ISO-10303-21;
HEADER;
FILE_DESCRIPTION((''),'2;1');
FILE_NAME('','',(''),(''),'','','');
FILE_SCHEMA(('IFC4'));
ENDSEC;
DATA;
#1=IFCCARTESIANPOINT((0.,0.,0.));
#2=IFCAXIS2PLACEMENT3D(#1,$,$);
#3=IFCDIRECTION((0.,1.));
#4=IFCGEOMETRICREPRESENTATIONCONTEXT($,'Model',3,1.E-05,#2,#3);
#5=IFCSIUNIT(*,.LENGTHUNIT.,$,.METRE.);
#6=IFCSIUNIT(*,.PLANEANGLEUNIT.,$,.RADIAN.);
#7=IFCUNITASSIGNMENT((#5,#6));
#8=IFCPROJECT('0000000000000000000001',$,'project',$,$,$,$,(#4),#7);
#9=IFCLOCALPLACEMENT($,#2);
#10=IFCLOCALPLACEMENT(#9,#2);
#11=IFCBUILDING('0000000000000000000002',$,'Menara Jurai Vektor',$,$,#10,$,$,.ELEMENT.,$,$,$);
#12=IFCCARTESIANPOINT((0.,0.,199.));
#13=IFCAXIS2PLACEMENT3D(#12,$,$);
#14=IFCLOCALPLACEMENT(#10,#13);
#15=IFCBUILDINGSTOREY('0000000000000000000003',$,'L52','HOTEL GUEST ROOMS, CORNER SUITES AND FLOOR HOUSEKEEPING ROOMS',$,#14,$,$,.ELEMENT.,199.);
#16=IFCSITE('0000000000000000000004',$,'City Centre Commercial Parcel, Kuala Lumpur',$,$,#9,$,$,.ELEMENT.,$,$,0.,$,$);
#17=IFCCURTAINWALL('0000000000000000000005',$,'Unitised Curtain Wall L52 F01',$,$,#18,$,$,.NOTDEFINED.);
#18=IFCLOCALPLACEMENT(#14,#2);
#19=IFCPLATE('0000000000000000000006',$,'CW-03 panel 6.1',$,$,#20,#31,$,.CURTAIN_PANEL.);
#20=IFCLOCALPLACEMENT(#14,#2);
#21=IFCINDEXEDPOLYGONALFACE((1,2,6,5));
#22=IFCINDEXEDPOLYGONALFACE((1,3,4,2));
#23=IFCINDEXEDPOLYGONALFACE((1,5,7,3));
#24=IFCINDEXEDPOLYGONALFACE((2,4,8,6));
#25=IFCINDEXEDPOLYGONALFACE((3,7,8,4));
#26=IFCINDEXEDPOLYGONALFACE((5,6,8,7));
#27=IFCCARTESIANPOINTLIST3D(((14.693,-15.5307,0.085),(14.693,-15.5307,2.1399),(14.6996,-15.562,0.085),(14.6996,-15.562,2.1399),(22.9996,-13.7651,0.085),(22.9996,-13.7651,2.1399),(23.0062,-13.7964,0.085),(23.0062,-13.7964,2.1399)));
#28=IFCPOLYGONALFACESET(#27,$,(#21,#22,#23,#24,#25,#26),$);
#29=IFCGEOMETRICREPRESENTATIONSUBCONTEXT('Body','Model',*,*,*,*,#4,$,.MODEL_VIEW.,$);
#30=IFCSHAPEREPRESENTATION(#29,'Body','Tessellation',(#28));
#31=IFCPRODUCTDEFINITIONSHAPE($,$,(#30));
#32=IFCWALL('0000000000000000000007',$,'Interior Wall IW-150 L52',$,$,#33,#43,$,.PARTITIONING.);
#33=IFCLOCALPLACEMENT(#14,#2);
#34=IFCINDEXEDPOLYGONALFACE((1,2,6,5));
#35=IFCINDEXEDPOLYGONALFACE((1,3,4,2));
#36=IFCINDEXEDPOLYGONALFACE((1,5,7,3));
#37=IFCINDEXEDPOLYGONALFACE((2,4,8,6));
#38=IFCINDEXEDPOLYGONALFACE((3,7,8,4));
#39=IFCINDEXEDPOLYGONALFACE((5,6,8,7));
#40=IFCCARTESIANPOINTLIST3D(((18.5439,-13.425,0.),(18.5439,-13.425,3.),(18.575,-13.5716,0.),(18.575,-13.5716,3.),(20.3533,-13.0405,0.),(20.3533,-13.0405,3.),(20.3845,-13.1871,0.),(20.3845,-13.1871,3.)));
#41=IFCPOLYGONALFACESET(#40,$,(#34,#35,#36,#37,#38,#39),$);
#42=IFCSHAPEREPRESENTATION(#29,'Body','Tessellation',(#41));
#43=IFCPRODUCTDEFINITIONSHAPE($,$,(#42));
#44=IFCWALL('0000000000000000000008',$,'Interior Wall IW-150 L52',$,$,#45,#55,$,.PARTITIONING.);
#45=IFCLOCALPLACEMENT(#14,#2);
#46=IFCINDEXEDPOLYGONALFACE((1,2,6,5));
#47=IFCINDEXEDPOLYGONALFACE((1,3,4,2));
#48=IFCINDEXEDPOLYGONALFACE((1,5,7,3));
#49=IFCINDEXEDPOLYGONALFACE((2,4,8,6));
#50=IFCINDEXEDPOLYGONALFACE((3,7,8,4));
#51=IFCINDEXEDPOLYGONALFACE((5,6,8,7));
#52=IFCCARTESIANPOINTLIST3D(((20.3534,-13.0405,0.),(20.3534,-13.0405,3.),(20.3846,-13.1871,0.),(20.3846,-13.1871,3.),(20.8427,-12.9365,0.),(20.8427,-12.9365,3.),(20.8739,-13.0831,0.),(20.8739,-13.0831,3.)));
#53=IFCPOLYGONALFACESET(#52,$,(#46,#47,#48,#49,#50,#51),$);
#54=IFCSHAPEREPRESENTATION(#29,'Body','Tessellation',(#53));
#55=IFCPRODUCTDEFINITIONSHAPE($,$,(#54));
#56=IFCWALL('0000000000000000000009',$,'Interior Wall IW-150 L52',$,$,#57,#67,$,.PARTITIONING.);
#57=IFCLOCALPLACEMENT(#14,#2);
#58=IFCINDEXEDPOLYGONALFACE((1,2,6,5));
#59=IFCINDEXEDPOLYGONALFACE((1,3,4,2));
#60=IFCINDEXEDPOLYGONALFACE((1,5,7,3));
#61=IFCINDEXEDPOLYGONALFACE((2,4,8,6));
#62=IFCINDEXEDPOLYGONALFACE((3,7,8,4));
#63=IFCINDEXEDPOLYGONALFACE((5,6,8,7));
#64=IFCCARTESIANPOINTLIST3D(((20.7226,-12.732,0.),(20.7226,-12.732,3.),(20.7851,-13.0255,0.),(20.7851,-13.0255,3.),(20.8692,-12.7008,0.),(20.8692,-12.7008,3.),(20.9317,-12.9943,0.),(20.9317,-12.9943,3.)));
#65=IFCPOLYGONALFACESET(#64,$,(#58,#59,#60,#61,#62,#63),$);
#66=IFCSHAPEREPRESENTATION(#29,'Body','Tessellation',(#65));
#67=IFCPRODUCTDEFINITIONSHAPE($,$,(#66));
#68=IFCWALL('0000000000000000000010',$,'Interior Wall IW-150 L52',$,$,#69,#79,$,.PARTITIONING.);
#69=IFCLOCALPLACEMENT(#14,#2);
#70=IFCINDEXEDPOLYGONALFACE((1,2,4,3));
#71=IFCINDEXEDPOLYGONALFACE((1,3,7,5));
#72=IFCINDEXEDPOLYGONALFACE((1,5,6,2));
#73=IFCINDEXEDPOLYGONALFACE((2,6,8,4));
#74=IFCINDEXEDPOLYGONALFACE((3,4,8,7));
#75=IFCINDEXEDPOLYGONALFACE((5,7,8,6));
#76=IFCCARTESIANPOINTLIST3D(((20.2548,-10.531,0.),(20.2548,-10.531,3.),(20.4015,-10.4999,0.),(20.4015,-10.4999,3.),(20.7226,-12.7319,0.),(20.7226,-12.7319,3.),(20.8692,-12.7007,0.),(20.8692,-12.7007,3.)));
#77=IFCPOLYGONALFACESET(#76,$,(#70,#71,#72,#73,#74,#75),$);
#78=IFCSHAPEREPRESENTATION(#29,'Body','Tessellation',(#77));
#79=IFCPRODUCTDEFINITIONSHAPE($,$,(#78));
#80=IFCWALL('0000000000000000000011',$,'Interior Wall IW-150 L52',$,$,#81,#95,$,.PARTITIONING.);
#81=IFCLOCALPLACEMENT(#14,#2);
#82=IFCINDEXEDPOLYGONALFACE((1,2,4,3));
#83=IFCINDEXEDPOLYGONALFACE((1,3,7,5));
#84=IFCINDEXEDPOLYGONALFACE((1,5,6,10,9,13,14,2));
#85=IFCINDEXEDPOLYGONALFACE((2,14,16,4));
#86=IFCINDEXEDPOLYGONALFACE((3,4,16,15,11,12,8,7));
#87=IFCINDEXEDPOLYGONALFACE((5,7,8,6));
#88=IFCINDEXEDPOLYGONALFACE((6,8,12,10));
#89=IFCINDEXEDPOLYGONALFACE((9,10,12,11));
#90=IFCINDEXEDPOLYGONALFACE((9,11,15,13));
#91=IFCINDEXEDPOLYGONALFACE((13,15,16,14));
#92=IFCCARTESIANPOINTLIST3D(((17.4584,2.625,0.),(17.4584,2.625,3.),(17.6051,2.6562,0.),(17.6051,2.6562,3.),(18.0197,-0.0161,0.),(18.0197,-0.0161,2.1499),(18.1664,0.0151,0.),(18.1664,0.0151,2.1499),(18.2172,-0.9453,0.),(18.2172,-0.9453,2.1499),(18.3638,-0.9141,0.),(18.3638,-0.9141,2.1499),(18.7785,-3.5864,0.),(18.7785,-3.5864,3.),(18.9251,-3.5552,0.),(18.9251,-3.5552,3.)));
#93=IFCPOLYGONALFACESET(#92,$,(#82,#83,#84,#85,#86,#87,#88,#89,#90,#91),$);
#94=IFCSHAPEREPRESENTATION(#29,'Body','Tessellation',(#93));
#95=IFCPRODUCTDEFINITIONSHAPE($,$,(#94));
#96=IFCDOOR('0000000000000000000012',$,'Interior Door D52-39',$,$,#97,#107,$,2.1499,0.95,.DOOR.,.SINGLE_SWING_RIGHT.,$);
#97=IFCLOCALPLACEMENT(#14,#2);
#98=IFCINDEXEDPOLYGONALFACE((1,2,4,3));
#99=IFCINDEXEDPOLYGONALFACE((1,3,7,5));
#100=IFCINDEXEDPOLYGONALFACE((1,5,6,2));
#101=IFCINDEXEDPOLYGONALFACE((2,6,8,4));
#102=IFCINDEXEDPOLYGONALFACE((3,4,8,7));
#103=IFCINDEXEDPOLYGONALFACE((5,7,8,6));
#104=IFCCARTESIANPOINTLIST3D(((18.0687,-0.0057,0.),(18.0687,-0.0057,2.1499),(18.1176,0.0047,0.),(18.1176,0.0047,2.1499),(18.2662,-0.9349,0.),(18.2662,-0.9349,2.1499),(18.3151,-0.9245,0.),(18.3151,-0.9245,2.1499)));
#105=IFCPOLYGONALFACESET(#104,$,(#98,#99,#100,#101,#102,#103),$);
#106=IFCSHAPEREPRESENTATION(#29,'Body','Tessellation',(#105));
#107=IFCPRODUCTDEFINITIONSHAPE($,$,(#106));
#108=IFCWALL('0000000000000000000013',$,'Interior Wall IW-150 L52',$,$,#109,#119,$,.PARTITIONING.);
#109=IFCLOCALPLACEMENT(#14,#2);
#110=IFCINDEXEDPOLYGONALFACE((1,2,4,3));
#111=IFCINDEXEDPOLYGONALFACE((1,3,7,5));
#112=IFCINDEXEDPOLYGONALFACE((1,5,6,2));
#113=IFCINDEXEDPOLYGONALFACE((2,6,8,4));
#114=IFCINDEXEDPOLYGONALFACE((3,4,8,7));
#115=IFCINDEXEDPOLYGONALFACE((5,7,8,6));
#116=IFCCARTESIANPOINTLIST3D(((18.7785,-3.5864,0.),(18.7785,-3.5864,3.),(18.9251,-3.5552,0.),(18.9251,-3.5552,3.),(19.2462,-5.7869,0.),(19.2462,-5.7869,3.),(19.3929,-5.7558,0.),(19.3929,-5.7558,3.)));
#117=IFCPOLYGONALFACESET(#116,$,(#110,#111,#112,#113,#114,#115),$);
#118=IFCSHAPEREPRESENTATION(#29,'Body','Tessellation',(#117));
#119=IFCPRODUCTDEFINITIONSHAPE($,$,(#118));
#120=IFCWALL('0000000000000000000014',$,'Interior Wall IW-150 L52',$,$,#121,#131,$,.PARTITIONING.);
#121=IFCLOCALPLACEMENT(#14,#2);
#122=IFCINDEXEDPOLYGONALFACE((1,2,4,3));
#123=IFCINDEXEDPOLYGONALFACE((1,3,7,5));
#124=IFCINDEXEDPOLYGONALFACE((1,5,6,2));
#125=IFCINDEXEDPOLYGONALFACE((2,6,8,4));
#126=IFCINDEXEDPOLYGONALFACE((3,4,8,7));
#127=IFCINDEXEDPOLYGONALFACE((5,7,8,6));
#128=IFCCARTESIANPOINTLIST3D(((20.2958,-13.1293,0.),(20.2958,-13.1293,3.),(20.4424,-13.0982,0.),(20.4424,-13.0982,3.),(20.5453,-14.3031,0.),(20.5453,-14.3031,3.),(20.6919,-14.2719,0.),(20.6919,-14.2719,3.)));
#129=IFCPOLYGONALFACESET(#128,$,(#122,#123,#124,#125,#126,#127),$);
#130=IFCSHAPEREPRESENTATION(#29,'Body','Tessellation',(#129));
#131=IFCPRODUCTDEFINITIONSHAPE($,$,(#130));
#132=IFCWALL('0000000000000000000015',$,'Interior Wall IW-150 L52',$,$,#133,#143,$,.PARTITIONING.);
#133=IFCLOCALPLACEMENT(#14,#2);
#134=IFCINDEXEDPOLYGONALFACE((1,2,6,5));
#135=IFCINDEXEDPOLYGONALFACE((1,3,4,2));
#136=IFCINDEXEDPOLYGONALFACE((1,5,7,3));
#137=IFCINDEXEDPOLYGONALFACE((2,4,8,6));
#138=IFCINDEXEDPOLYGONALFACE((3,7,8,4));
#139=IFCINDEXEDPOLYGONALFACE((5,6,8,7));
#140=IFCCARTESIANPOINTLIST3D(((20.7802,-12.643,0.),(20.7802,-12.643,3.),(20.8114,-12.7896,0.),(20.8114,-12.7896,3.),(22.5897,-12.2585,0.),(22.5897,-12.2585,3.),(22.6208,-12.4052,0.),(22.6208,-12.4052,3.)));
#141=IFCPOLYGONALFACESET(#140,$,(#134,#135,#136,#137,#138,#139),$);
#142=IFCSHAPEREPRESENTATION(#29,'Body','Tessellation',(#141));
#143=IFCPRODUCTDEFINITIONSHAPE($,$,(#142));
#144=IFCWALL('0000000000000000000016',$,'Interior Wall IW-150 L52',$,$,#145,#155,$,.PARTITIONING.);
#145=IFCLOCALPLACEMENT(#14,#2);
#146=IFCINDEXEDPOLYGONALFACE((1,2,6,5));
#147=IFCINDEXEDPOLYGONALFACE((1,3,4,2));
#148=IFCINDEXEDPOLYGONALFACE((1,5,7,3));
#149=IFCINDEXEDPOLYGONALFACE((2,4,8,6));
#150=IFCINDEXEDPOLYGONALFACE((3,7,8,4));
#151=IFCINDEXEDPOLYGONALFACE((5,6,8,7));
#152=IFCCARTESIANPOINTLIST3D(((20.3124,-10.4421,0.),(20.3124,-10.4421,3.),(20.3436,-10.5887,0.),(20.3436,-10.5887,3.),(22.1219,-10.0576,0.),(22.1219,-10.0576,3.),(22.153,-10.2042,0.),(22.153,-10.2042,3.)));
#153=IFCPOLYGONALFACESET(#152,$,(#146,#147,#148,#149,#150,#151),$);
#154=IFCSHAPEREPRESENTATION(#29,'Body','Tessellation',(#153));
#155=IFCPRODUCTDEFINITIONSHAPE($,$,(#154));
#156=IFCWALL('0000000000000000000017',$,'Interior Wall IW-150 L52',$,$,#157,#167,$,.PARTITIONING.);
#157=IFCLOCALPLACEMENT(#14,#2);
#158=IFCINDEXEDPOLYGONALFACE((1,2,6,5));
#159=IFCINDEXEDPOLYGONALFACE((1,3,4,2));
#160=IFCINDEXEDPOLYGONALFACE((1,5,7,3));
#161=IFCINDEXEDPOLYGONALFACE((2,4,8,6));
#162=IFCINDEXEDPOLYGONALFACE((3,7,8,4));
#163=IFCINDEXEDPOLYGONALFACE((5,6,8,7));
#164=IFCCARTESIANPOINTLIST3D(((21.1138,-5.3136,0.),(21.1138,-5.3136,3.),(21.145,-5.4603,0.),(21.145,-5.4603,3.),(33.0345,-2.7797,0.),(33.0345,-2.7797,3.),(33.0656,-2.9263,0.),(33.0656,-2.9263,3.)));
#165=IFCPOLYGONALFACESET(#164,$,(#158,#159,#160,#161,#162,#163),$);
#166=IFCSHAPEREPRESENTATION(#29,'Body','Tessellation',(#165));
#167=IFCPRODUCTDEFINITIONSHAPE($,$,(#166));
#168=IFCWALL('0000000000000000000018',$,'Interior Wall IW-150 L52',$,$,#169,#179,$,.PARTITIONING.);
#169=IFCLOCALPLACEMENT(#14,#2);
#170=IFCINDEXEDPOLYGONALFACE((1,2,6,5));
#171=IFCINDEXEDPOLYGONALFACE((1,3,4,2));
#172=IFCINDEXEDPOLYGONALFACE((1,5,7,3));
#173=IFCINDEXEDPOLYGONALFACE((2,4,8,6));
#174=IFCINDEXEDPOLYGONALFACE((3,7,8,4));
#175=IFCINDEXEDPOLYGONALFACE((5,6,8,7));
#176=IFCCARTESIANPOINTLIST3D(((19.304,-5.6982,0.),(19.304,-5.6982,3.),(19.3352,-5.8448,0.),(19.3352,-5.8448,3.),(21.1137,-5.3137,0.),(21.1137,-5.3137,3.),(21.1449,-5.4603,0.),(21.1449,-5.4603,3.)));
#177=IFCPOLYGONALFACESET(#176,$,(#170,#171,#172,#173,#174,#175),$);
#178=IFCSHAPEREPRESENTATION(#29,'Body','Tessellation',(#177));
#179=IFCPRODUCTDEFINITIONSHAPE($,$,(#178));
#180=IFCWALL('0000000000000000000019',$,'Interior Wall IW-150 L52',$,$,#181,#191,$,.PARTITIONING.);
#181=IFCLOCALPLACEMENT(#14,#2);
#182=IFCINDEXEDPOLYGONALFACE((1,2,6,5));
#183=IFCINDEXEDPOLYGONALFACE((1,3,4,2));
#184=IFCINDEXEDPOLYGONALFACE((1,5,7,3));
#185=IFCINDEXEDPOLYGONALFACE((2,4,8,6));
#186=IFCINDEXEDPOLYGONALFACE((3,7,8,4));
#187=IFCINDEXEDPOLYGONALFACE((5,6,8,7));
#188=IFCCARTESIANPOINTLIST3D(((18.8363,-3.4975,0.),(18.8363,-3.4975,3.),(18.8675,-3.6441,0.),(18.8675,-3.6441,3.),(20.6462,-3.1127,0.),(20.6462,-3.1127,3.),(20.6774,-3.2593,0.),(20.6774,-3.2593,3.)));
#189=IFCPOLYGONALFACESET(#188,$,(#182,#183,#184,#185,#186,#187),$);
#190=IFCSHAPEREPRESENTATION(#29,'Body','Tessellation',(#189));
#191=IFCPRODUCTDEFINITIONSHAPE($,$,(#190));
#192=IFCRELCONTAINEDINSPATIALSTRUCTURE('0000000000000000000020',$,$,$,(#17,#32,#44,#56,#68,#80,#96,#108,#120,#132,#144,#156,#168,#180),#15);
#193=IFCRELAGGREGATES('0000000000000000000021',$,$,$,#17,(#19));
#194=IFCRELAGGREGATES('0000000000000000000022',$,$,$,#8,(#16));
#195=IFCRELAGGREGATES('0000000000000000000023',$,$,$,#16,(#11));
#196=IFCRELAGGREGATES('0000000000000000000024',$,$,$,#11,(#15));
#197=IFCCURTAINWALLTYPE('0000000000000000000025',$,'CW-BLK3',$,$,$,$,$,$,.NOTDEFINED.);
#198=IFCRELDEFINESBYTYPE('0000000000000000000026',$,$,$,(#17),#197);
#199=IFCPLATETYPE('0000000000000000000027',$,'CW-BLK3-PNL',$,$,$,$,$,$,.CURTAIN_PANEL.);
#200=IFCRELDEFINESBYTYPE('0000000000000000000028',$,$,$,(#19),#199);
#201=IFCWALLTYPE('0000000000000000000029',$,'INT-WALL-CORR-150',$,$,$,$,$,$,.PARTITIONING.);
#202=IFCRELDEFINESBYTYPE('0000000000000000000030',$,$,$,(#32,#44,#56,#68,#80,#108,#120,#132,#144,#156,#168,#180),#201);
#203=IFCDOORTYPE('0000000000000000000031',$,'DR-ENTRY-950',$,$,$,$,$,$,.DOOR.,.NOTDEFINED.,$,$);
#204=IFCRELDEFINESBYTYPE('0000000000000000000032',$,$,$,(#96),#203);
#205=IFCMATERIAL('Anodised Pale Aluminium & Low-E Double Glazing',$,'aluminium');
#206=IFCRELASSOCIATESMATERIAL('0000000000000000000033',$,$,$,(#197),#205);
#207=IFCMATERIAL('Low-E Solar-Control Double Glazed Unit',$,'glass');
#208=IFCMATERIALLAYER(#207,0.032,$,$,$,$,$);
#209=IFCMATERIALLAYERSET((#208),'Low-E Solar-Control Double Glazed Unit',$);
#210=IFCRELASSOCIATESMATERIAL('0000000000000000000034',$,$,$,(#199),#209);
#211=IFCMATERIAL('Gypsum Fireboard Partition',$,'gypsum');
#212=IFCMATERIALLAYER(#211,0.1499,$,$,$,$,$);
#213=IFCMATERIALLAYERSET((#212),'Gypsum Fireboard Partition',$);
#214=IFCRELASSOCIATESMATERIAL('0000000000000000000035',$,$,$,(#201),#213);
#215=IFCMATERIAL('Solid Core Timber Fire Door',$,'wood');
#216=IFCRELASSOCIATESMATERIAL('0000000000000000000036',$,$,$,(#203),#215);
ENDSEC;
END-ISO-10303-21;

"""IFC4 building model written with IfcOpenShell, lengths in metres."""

from ifc_helpers import new_model, si_unit, direction, frame, frame_2d, origin, origin_2d, place, context, subcontext, project, spatial, rectangle, extrude, material, layer, layer_set, type_object, element, fill, aggregate, save


model = new_model("IFC4")

# Units and contexts
model_context = context("Model", 3, precision=1e-05, world=origin(), true_north=direction((0.0, 1.0)))
body_context = subcontext(model_context, "Body", "Model", "MODEL_VIEW")
ifc_project = project(units=[si_unit("LENGTHUNIT", "METRE"), si_unit("PLANEANGLEUNIT", "RADIAN")], contexts=[model_context])

# Site, building, storey
site_placement = place(None, origin())
site = spatial("IfcSite", under=ifc_project, at=site_placement, Name="City Centre Commercial Parcel, Kuala Lumpur", CompositionType="ELEMENT", RefElevation=0.0)
building_placement = place(site_placement, origin())
building = spatial("IfcBuilding", under=site, at=building_placement, Name="Menara Jurai Vektor", CompositionType="ELEMENT")
storey_placement = place(building_placement, frame((0.0, 0.0, 199.0)))
storey = spatial("IfcBuildingStorey", under=building, at=storey_placement, Name="L52", Description="HOTEL GUEST ROOMS, CORNER SUITES AND FLOOR HOUSEKEEPING ROOMS", CompositionType="ELEMENT", Elevation=199.0)

# Curtain wall
ifc_material_1 = material(Name="Anodised Pale Aluminium & Low-E Double Glazing", Category="aluminium")
curtain_wall_type = type_object("IfcCurtainWallType", Name="CW-BLK3", PredefinedType="NOTDEFINED", material=ifc_material_1)
curtain_wall_placement = place(storey_placement, origin())
curtain_wall = element("IfcCurtainWall", 1, at=curtain_wall_placement, inside=storey, type_object=curtain_wall_type, Name="Unitised Curtain Wall L52 F01", PredefinedType="NOTDEFINED")

# Plate
ifc_material_2 = material(Name="Low-E Solar-Control Double Glazed Unit", Category="glass")
ifc_layer_1 = layer(ifc_material_2, 0.032)
ifc_layer_set_1 = layer_set([ifc_layer_1], Name="Low-E Solar-Control Double Glazed Unit")
plate_type = type_object("IfcPlateType", Name="CW-BLK3-PNL", PredefinedType="CURTAIN_PANEL", material=ifc_layer_set_1)
plate_placement = place(storey_placement, frame((18.8496, -14.6636, 0.085), z_axis=(0.0, 0.0, 1.0), x_axis=(0.978148, 0.207911, 0.0)))
plate = element("IfcPlate", 2, at=plate_placement, type_object=plate_type, Name="CW-03 panel 6.1", PredefinedType="CURTAIN_PANEL", context=body_context, shape_type="SweptSolid", body=[
    extrude(rectangle(XDim=8.4922, YDim=0.032, at=origin_2d()), origin(), (0.0, 0.0, 1.0), 2.0549),
])
aggregate(curtain_wall, [plate])

# Walls
ifc_material_3 = material(Name="Gypsum Fireboard Partition", Category="gypsum")
ifc_layer_2 = layer(ifc_material_3, 0.1499)
ifc_layer_set_2 = layer_set([ifc_layer_2], Name="Gypsum Fireboard Partition")
wall_type_1 = type_object("IfcWallType", Name="INT-WALL-CORR-150", PredefinedType="PARTITIONING", material=ifc_layer_set_2)
wall_1_placement = place(storey_placement, frame((18.5596, -13.4983, 0.0), z_axis=(0.0, 0.0, 1.0), x_axis=(0.97816, 0.207852, 0.0)))
element("IfcWall", 3, at=wall_1_placement, inside=storey, type_object=wall_type_1, Name="Interior Wall IW-150 L52", PredefinedType="PARTITIONING", context=body_context, shape_type="SweptSolid", body=[
    extrude(rectangle(XDim=1.8499, YDim=0.1499, at=frame_2d((0.9248, 0.0))), origin(), (0.0, 0.0, 1.0), 3.0),
])
wall_2_placement = place(storey_placement, frame((20.3691, -13.1138, 0.0), z_axis=(0.0, 0.0, 1.0), x_axis=(0.978144, 0.207929, 0.0)))
element("IfcWall", 4, at=wall_2_placement, inside=storey, type_object=wall_type_1, Name="Interior Wall IW-150 L52", PredefinedType="PARTITIONING", context=body_context, shape_type="SweptSolid", body=[
    extrude(rectangle(XDim=0.5002, YDim=0.1499, at=frame_2d((0.25, 0.0))), origin(), (0.0, 0.0, 1.0), 3.0),
])
wall_3_placement = place(storey_placement, frame((20.8584, -13.0098, 0.0), z_axis=(0.0, 0.0, 1.0), x_axis=(-0.208306, 0.978064, 0.0)))
element("IfcWall", 5, at=wall_3_placement, inside=storey, type_object=wall_type_1, Name="Interior Wall IW-150 L52", PredefinedType="PARTITIONING", context=body_context, shape_type="SweptSolid", body=[
    extrude(rectangle(XDim=0.3, YDim=0.1499, at=frame_2d((0.1499, 0.0))), origin(), (0.0, 0.0, 1.0), 3.0),
])

# Shared definitions
ifc_material_4 = material(Name="Solid Core Timber Fire Door", Category="wood")
door_type_1 = type_object("IfcDoorType", Name="DR-ENTRY-950", OperationType="NOTDEFINED", PredefinedType="DOOR", material=ifc_material_4)

# Wall
wall_4_placement = place(storey_placement, frame((20.7959, -12.7163, 0.0), z_axis=(0.0, 0.0, 1.0), x_axis=(-0.207891, 0.978152, 0.0)))
element("IfcWall", 6, at=wall_4_placement, inside=storey, type_object=wall_type_1, Name="Interior Wall IW-150 L52", PredefinedType="PARTITIONING", context=body_context, shape_type="SweptSolid", body=[
    extrude(rectangle(XDim=2.25, YDim=0.1499, at=frame_2d((1.125, 0.0))), origin(), (0.0, 0.0, 1.0), 3.0),
])

# Wall, opening, door
wall_5_placement = place(storey_placement, frame((18.8518, -3.5708, 0.0), z_axis=(0.0, 0.0, 1.0), x_axis=(-0.20788, 0.978154, 0.0)))
wall_5 = element("IfcWall", 7, at=wall_5_placement, inside=storey, type_object=wall_type_1, Name="Interior Wall IW-150 L52", PredefinedType="PARTITIONING", context=body_context, shape_type="SweptSolid", body=[
    extrude(rectangle(XDim=6.3501, YDim=0.1499, at=frame_2d((3.175, 0.0))), origin(), (0.0, 0.0, 1.0), 3.0),
])
opening_1_placement = place(wall_5_placement, frame((2.7, 0.0, 0.0)))
opening_1 = element("IfcOpeningElement", 8, at=opening_1_placement, cuts=wall_5, PredefinedType="OPENING", context=body_context, shape_type="SweptSolid", body=[
    extrude(rectangle(XDim=0.95, YDim=2.1499, at=frame_2d((0.4751, 1.075))), frame((0.0, 0.085, 0.0), z_axis=(0.0, -1.0, 0.0), x_axis=(1.0, 0.0, 0.0)), (0.0, 0.0, 1.0), 0.1699),
])
door_1_placement = place(opening_1_placement, origin())
door_1 = element("IfcDoor", 9, at=door_1_placement, inside=storey, type_object=door_type_1, Name="Interior Door D52-39", OperationType="SINGLE_SWING_RIGHT", OverallHeight=2.1499, OverallWidth=0.95, PredefinedType="DOOR", context=body_context, shape_type="SweptSolid", body=[
    extrude(rectangle(XDim=0.95, YDim=2.1499, at=frame_2d((0.4751, 1.075))), frame((0.0, 0.0249, 0.0), z_axis=(0.0, -1.0, 0.0), x_axis=(1.0, 0.0, 0.0)), (0.0, 0.0, 1.0), 0.05),
])
fill(opening_1, door_1)

# Wall
wall_6_placement = place(storey_placement, frame((19.3196, -5.7715, 0.0), z_axis=(0.0, 0.0, 1.0), x_axis=(-0.207913, 0.978147, 0.0)))
element("IfcWall", 10, at=wall_6_placement, inside=storey, type_object=wall_type_1, Name="Interior Wall IW-150 L52", PredefinedType="PARTITIONING", context=body_context, shape_type="SweptSolid", body=[
    extrude(rectangle(XDim=2.2498, YDim=0.1499, at=frame_2d((1.125, 0.0))), origin(), (0.0, 0.0, 1.0), 3.0),
])

# Walls
wall_7_placement = place(storey_placement, frame((20.6187, -14.2876, 0.0), z_axis=(0.0, 0.0, 1.0), x_axis=(-0.207917, 0.978146, 0.0)))
element("IfcWall", 11, at=wall_7_placement, inside=storey, type_object=wall_type_1, Name="Interior Wall IW-150 L52", PredefinedType="PARTITIONING", context=body_context, shape_type="SweptSolid", body=[
    extrude(rectangle(XDim=1.2, YDim=0.1499, at=frame_2d((0.6001, 0.0))), origin(), (0.0, 0.0, 1.0), 3.0),
])
for number, where, z_axis, x_axis, name in (
    (12, (20.7959, -12.7163, 0.0), (0.0, 0.0, 1.0), (0.97816, 0.207852, 0.0), "Interior Wall IW-150 L52"),
    (13, (20.3281, -10.5154, 0.0), (0.0, 0.0, 1.0), (0.97816, 0.207852, 0.0), "Interior Wall IW-150 L52"),
):
    element("IfcWall", number, at=place(storey_placement, frame(where, z_axis=z_axis, x_axis=x_axis)), inside=storey, type_object=wall_type_1, Name=name, PredefinedType="PARTITIONING", context=body_context, shape_type="SweptSolid", body=[
        extrude(rectangle(XDim=1.8499, YDim=0.1499, at=frame_2d((0.9248, 0.0))), origin(), (0.0, 0.0, 1.0), 3.0),
    ])
wall_8_placement = place(storey_placement, frame((21.1294, -5.387, 0.0), z_axis=(0.0, 0.0, 1.0), x_axis=(0.978146, 0.207921, 0.0)))
element("IfcWall", 14, at=wall_8_placement, inside=storey, type_object=wall_type_1, Name="Interior Wall IW-150 L52", PredefinedType="PARTITIONING", context=body_context, shape_type="SweptSolid", body=[
    extrude(rectangle(XDim=12.187, YDim=0.1499, at=frame_2d((6.0935, 0.0))), origin(), (0.0, 0.0, 1.0), 3.0),
])
wall_9_placement = place(storey_placement, frame((19.3196, -5.7715, 0.0), z_axis=(0.0, 0.0, 1.0), x_axis=(0.978166, 0.207826, 0.0)))
element("IfcWall", 15, at=wall_9_placement, inside=storey, type_object=wall_type_1, Name="Interior Wall IW-150 L52", PredefinedType="PARTITIONING", context=body_context, shape_type="SweptSolid", body=[
    extrude(rectangle(XDim=1.8501, YDim=0.1499, at=frame_2d((0.925, 0.0))), origin(), (0.0, 0.0, 1.0), 3.0),
])
wall_10_placement = place(storey_placement, frame((18.8518, -3.5708, 0.0), z_axis=(0.0, 0.0, 1.0), x_axis=(0.978139, 0.207952, 0.0)))
element("IfcWall", 16, at=wall_10_placement, inside=storey, type_object=wall_type_1, Name="Interior Wall IW-150 L52", PredefinedType="PARTITIONING", context=body_context, shape_type="SweptSolid", body=[
    extrude(rectangle(XDim=1.8503, YDim=0.1499, at=frame_2d((0.9253, 0.0))), origin(), (0.0, 0.0, 1.0), 3.0),
])

save(model, "model.ifc")
